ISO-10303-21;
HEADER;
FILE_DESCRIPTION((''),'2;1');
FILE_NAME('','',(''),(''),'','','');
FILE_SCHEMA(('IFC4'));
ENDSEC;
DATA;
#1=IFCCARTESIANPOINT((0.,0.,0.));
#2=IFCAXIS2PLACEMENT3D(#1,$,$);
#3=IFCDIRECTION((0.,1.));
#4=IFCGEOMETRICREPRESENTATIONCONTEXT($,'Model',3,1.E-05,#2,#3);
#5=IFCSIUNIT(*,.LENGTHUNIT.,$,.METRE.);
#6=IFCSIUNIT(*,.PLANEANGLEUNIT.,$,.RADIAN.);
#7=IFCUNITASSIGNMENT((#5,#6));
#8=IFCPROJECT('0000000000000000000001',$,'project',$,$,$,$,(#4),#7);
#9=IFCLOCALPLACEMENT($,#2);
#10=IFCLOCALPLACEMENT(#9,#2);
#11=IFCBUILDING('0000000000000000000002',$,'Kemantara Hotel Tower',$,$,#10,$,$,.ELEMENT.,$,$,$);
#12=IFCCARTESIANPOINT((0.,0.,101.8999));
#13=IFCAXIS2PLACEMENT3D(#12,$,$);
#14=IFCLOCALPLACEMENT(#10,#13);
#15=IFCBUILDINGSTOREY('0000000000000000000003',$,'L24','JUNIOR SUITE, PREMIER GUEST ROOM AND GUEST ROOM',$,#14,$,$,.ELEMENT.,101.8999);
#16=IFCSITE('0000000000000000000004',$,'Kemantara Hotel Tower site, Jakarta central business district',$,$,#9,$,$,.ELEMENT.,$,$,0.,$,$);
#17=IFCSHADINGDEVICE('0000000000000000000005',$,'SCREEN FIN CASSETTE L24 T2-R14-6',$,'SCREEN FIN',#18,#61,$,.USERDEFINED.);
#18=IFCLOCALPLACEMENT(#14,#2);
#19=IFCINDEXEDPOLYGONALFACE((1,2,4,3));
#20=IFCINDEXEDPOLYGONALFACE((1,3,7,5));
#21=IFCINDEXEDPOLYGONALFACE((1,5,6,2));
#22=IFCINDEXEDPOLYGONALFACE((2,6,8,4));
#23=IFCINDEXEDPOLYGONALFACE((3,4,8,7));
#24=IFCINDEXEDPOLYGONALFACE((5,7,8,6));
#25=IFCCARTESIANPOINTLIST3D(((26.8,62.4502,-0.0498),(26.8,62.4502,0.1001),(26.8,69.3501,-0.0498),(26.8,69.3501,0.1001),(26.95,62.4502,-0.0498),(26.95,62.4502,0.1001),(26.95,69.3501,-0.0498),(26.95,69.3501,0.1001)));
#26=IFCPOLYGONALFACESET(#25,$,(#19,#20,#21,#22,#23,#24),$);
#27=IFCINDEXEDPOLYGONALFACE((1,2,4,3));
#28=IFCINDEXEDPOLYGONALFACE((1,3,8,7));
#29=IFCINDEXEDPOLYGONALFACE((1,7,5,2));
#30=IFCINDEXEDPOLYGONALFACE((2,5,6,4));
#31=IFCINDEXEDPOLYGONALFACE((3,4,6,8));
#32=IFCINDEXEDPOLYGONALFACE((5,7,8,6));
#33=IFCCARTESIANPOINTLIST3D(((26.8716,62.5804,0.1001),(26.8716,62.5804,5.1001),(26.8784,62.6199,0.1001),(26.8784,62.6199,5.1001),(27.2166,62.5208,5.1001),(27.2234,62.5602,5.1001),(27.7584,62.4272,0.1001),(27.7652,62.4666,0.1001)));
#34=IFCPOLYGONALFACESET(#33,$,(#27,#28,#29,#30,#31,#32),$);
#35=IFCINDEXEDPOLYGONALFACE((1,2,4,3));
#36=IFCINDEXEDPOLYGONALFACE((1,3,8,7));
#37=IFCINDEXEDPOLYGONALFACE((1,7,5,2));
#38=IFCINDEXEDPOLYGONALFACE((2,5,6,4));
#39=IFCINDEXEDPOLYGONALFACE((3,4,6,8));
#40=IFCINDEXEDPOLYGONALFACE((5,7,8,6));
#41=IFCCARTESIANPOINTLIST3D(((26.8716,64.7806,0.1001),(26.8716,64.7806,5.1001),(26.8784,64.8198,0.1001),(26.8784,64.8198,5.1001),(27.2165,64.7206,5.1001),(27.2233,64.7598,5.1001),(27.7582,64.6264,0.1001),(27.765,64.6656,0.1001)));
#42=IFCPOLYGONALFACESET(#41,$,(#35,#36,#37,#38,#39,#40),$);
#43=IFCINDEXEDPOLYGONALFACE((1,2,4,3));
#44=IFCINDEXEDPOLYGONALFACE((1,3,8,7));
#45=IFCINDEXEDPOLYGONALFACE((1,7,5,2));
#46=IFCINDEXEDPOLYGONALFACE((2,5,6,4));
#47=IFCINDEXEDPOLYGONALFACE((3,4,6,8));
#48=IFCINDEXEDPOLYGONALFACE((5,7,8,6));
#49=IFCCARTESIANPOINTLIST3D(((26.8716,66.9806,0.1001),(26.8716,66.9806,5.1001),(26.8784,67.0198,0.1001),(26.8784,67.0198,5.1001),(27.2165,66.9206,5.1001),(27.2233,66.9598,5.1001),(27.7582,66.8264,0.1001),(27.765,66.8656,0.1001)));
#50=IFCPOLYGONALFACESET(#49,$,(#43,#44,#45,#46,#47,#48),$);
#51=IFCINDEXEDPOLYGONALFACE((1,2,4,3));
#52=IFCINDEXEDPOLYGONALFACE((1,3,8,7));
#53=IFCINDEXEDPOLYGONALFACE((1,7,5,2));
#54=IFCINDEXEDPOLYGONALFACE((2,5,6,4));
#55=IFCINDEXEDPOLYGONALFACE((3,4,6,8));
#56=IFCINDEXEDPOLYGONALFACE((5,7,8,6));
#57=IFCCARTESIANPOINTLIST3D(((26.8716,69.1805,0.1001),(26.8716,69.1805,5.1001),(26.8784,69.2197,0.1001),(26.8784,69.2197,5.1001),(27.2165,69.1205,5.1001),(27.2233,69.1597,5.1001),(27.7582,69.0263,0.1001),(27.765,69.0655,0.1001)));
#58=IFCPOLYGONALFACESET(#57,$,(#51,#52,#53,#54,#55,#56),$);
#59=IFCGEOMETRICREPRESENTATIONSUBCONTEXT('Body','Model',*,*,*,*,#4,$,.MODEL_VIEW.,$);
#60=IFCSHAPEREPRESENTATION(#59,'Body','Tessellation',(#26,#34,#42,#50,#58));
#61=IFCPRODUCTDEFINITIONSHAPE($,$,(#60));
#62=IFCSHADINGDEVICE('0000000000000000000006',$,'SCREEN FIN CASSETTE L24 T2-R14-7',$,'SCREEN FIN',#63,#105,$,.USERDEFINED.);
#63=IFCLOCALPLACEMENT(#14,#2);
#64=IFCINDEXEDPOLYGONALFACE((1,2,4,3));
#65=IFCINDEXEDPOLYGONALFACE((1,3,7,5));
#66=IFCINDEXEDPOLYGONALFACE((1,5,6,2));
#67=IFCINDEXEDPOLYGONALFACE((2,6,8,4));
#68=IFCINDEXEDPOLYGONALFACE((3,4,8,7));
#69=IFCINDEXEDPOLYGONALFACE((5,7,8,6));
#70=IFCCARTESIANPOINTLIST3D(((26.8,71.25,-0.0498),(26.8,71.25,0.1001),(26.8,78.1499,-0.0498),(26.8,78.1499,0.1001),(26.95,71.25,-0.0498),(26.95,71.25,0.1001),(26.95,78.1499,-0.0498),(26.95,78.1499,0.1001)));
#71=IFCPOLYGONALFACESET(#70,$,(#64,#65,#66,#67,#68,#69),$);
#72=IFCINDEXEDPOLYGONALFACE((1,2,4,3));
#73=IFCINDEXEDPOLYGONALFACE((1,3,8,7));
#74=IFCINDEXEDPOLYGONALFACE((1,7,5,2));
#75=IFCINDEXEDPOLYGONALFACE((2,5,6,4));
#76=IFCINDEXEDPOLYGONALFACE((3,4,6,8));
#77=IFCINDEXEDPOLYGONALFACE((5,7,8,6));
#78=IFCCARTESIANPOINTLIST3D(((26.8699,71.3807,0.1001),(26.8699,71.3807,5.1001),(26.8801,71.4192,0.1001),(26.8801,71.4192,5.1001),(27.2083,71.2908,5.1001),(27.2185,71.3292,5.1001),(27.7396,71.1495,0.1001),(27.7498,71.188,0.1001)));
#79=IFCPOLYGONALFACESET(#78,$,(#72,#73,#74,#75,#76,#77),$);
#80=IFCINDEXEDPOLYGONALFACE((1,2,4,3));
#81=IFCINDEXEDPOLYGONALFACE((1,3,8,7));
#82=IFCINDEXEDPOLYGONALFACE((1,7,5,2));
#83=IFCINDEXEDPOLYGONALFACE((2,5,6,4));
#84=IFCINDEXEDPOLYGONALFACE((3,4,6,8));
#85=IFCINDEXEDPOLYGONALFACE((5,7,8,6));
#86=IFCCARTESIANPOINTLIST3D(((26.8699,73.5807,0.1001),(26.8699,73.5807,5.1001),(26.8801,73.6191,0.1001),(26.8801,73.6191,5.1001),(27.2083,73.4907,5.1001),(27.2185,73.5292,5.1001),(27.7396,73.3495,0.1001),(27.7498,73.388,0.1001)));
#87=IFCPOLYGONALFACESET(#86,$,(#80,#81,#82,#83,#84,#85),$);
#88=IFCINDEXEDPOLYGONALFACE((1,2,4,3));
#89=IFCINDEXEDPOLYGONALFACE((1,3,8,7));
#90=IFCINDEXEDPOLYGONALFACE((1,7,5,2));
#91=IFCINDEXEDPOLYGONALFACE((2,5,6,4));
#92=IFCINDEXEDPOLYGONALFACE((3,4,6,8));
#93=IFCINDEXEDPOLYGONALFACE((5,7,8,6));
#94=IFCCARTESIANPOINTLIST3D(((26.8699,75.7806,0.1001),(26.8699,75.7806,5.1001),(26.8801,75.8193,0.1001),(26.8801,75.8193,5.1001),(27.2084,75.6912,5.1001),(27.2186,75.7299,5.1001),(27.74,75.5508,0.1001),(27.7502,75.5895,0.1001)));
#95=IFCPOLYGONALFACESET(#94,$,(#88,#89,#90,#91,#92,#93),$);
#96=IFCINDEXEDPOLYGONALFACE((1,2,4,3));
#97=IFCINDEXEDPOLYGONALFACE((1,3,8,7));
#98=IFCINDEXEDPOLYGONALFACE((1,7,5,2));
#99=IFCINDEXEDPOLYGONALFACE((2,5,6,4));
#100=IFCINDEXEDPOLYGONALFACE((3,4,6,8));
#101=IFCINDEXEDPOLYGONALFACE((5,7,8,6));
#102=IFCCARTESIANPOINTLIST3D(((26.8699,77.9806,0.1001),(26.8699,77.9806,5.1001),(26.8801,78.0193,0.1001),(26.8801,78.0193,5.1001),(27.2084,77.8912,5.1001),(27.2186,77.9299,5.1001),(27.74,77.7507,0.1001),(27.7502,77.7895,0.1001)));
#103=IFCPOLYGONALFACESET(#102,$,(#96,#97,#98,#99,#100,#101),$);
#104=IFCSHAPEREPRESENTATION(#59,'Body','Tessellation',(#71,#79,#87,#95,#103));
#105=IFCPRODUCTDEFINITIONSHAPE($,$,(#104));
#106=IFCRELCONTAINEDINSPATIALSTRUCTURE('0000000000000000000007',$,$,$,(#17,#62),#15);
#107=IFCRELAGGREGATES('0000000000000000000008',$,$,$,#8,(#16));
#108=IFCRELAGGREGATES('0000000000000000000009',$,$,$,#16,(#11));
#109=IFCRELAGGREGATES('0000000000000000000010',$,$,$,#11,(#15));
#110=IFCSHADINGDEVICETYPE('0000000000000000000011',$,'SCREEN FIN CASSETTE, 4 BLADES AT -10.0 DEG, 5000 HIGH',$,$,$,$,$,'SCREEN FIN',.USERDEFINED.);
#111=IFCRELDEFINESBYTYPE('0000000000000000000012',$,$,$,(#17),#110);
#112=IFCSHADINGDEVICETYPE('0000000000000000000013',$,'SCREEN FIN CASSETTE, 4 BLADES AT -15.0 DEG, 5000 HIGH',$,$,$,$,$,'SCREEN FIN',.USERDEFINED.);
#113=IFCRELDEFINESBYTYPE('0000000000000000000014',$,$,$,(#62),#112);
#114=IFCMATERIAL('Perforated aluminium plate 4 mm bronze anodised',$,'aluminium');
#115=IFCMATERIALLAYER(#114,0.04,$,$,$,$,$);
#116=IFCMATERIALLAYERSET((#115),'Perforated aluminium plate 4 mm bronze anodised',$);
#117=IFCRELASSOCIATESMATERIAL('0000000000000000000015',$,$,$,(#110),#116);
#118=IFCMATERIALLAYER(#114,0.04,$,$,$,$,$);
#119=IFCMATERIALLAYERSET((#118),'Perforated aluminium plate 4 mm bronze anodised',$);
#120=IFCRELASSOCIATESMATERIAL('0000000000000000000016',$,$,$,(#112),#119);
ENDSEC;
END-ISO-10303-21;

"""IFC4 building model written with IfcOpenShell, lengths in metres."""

from ifc_helpers import new_model, si_unit, direction, frame, origin, origin_2d, place, context, subcontext, project, spatial, polyline, rectangle, outline, extrude, source, transform, mapped, material, layer, layer_set, type_object, element, save


model = new_model("IFC4")

# Units and contexts
model_context = context("Model", 3, precision=1e-05, world=origin(), true_north=direction((0.0, 1.0)))
body_context = subcontext(model_context, "Body", "Model", "MODEL_VIEW")
ifc_project = project(units=[si_unit("LENGTHUNIT", "METRE"), si_unit("PLANEANGLEUNIT", "RADIAN")], contexts=[model_context])

# Site, building, storey
site_placement = place(None, origin())
site = spatial("IfcSite", under=ifc_project, at=site_placement, Name="Kemantara Hotel Tower site, Jakarta central business district", CompositionType="ELEMENT", RefElevation=0.0)
building_placement = place(site_placement, origin())
building = spatial("IfcBuilding", under=site, at=building_placement, Name="Kemantara Hotel Tower", CompositionType="ELEMENT")
storey_placement = place(building_placement, frame((0.0, 0.0, 101.8999)))
storey = spatial("IfcBuildingStorey", under=building, at=storey_placement, Name="L24", Description="JUNIOR SUITE, PREMIER GUEST ROOM AND GUEST ROOM", CompositionType="ELEMENT", Elevation=101.8999)

# Shading devices
ifc_material_1 = material(Name="Perforated aluminium plate 4 mm bronze anodised", Category="aluminium")
ifc_layer_1 = layer(ifc_material_1, 0.04)
ifc_layer_set_1 = layer_set([ifc_layer_1], Name="Perforated aluminium plate 4 mm bronze anodised")
shading_device_type_1 = type_object("IfcShadingDeviceType", Name="SCREEN FIN CASSETTE, 4 BLADES AT -10.0 DEG, 5000 HIGH", ElementType="SCREEN FIN", PredefinedType="USERDEFINED", material=ifc_layer_set_1)
shared_shape_1 = source(origin(), body_context, "Body", "SweptSolid", [
    extrude(rectangle(XDim=6.8999, YDim=0.1499, at=origin_2d()), frame((3.3, -0.075, -0.1499), z_axis=(0.0, 0.0, 1.0), x_axis=(1.0, 0.0, 0.0)), (0.0, 0.0, 1.0), 0.1499),
    extrude(outline(polyline([(0.0, 0.0), (0.8999, 0.0), (0.3501, 5.0), (0.0, 5.0), (0.0, 0.0)])), frame((0.0198, -0.0784, 0.0), z_axis=(-0.98539, 0.170314, 0.0), x_axis=(-0.170314, -0.98539, 0.0)), (0.0, 0.0, 1.0), 0.04),
    extrude(outline(polyline([(0.0, 0.0), (0.8999, 0.0), (0.3501, 5.0), (0.0, 5.0), (0.0, 0.0)])), frame((2.2197, -0.0784, 0.0), z_axis=(-0.985212, 0.171341, 0.0), x_axis=(-0.171341, -0.985212, 0.0)), (0.0, 0.0, 1.0), 0.0398),
    extrude(outline(polyline([(0.0, 0.0), (0.8999, 0.0), (0.3501, 5.0), (0.0, 5.0), (0.0, 0.0)])), frame((4.4197, -0.0784, 0.0), z_axis=(-0.985212, 0.171341, 0.0), x_axis=(-0.171341, -0.985212, 0.0)), (0.0, 0.0, 1.0), 0.0398),
    extrude(outline(polyline([(0.0, 0.0), (0.8999, 0.0), (0.3501, 5.0), (0.0, 5.0), (0.0, 0.0)])), frame((6.6196, -0.0784, 0.0), z_axis=(-0.985212, 0.171341, 0.0), x_axis=(-0.171341, -0.985212, 0.0)), (0.0, 0.0, 1.0), 0.0398),
])
shading_device_1_placement = place(storey_placement, frame((26.8, 62.6001, 0.1001), z_axis=(0.0, 0.0, 1.0), x_axis=(0.0, 1.0, 0.0)))
element("IfcShadingDevice", 1, at=shading_device_1_placement, inside=storey, type_object=shading_device_type_1, Name="SCREEN FIN CASSETTE L24 T2-R14-6", ObjectType="SCREEN FIN", PredefinedType="USERDEFINED", context=body_context, shape_type="MappedRepresentation", body=[
    mapped(shared_shape_1, transform((0.0, 0.0, 0.0))),
])
ifc_layer_2 = layer(ifc_material_1, 0.04)
ifc_layer_set_2 = layer_set([ifc_layer_2], Name="Perforated aluminium plate 4 mm bronze anodised")
shading_device_type_2 = type_object("IfcShadingDeviceType", Name="SCREEN FIN CASSETTE, 4 BLADES AT -15.0 DEG, 5000 HIGH", ElementType="SCREEN FIN", PredefinedType="USERDEFINED", material=ifc_layer_set_2)
shared_shape_2 = source(origin(), body_context, "Body", "SweptSolid", [
    extrude(rectangle(XDim=6.8999, YDim=0.1499, at=origin_2d()), frame((3.3, -0.075, -0.1499), z_axis=(0.0, 0.0, 1.0), x_axis=(1.0, 0.0, 0.0)), (0.0, 0.0, 1.0), 0.1499),
    extrude(outline(polyline([(0.0, 0.0), (0.8999, 0.0), (0.3501, 5.0), (0.0, 5.0), (0.0, 0.0)])), frame((0.0193, -0.0801, 0.0), z_axis=(-0.966438, 0.256901, 0.0), x_axis=(-0.256901, -0.966438, 0.0)), (0.0, 0.0, 1.0), 0.0398),
    extrude(outline(polyline([(0.0, 0.0), (0.8999, 0.0), (0.3501, 5.0), (0.0, 5.0), (0.0, 0.0)])), frame((2.2192, -0.0801, 0.0), z_axis=(-0.966438, 0.256901, 0.0), x_axis=(-0.256901, -0.966438, 0.0)), (0.0, 0.0, 1.0), 0.0398),
    extrude(outline(polyline([(0.0, 0.0), (0.8999, 0.0), (0.3501, 5.0), (0.0, 5.0), (0.0, 0.0)])), frame((4.4194, -0.0801, 0.0), z_axis=(-0.966838, 0.255391, 0.0), x_axis=(-0.255391, -0.966838, 0.0)), (0.0, 0.0, 1.0), 0.04),
    extrude(outline(polyline([(0.0, 0.0), (0.8999, 0.0), (0.3501, 5.0), (0.0, 5.0), (0.0, 0.0)])), frame((6.6194, -0.0801, 0.0), z_axis=(-0.966838, 0.255391, 0.0), x_axis=(-0.255391, -0.966838, 0.0)), (0.0, 0.0, 1.0), 0.04),
])
shading_device_2_placement = place(storey_placement, frame((26.8, 71.3999, 0.1001), z_axis=(0.0, 0.0, 1.0), x_axis=(0.0, 1.0, 0.0)))
element("IfcShadingDevice", 2, at=shading_device_2_placement, inside=storey, type_object=shading_device_type_2, Name="SCREEN FIN CASSETTE L24 T2-R14-7", ObjectType="SCREEN FIN", PredefinedType="USERDEFINED", context=body_context, shape_type="MappedRepresentation", body=[
    mapped(shared_shape_2, transform((0.0, 0.0, 0.0))),
])

save(model, "model.ifc")
